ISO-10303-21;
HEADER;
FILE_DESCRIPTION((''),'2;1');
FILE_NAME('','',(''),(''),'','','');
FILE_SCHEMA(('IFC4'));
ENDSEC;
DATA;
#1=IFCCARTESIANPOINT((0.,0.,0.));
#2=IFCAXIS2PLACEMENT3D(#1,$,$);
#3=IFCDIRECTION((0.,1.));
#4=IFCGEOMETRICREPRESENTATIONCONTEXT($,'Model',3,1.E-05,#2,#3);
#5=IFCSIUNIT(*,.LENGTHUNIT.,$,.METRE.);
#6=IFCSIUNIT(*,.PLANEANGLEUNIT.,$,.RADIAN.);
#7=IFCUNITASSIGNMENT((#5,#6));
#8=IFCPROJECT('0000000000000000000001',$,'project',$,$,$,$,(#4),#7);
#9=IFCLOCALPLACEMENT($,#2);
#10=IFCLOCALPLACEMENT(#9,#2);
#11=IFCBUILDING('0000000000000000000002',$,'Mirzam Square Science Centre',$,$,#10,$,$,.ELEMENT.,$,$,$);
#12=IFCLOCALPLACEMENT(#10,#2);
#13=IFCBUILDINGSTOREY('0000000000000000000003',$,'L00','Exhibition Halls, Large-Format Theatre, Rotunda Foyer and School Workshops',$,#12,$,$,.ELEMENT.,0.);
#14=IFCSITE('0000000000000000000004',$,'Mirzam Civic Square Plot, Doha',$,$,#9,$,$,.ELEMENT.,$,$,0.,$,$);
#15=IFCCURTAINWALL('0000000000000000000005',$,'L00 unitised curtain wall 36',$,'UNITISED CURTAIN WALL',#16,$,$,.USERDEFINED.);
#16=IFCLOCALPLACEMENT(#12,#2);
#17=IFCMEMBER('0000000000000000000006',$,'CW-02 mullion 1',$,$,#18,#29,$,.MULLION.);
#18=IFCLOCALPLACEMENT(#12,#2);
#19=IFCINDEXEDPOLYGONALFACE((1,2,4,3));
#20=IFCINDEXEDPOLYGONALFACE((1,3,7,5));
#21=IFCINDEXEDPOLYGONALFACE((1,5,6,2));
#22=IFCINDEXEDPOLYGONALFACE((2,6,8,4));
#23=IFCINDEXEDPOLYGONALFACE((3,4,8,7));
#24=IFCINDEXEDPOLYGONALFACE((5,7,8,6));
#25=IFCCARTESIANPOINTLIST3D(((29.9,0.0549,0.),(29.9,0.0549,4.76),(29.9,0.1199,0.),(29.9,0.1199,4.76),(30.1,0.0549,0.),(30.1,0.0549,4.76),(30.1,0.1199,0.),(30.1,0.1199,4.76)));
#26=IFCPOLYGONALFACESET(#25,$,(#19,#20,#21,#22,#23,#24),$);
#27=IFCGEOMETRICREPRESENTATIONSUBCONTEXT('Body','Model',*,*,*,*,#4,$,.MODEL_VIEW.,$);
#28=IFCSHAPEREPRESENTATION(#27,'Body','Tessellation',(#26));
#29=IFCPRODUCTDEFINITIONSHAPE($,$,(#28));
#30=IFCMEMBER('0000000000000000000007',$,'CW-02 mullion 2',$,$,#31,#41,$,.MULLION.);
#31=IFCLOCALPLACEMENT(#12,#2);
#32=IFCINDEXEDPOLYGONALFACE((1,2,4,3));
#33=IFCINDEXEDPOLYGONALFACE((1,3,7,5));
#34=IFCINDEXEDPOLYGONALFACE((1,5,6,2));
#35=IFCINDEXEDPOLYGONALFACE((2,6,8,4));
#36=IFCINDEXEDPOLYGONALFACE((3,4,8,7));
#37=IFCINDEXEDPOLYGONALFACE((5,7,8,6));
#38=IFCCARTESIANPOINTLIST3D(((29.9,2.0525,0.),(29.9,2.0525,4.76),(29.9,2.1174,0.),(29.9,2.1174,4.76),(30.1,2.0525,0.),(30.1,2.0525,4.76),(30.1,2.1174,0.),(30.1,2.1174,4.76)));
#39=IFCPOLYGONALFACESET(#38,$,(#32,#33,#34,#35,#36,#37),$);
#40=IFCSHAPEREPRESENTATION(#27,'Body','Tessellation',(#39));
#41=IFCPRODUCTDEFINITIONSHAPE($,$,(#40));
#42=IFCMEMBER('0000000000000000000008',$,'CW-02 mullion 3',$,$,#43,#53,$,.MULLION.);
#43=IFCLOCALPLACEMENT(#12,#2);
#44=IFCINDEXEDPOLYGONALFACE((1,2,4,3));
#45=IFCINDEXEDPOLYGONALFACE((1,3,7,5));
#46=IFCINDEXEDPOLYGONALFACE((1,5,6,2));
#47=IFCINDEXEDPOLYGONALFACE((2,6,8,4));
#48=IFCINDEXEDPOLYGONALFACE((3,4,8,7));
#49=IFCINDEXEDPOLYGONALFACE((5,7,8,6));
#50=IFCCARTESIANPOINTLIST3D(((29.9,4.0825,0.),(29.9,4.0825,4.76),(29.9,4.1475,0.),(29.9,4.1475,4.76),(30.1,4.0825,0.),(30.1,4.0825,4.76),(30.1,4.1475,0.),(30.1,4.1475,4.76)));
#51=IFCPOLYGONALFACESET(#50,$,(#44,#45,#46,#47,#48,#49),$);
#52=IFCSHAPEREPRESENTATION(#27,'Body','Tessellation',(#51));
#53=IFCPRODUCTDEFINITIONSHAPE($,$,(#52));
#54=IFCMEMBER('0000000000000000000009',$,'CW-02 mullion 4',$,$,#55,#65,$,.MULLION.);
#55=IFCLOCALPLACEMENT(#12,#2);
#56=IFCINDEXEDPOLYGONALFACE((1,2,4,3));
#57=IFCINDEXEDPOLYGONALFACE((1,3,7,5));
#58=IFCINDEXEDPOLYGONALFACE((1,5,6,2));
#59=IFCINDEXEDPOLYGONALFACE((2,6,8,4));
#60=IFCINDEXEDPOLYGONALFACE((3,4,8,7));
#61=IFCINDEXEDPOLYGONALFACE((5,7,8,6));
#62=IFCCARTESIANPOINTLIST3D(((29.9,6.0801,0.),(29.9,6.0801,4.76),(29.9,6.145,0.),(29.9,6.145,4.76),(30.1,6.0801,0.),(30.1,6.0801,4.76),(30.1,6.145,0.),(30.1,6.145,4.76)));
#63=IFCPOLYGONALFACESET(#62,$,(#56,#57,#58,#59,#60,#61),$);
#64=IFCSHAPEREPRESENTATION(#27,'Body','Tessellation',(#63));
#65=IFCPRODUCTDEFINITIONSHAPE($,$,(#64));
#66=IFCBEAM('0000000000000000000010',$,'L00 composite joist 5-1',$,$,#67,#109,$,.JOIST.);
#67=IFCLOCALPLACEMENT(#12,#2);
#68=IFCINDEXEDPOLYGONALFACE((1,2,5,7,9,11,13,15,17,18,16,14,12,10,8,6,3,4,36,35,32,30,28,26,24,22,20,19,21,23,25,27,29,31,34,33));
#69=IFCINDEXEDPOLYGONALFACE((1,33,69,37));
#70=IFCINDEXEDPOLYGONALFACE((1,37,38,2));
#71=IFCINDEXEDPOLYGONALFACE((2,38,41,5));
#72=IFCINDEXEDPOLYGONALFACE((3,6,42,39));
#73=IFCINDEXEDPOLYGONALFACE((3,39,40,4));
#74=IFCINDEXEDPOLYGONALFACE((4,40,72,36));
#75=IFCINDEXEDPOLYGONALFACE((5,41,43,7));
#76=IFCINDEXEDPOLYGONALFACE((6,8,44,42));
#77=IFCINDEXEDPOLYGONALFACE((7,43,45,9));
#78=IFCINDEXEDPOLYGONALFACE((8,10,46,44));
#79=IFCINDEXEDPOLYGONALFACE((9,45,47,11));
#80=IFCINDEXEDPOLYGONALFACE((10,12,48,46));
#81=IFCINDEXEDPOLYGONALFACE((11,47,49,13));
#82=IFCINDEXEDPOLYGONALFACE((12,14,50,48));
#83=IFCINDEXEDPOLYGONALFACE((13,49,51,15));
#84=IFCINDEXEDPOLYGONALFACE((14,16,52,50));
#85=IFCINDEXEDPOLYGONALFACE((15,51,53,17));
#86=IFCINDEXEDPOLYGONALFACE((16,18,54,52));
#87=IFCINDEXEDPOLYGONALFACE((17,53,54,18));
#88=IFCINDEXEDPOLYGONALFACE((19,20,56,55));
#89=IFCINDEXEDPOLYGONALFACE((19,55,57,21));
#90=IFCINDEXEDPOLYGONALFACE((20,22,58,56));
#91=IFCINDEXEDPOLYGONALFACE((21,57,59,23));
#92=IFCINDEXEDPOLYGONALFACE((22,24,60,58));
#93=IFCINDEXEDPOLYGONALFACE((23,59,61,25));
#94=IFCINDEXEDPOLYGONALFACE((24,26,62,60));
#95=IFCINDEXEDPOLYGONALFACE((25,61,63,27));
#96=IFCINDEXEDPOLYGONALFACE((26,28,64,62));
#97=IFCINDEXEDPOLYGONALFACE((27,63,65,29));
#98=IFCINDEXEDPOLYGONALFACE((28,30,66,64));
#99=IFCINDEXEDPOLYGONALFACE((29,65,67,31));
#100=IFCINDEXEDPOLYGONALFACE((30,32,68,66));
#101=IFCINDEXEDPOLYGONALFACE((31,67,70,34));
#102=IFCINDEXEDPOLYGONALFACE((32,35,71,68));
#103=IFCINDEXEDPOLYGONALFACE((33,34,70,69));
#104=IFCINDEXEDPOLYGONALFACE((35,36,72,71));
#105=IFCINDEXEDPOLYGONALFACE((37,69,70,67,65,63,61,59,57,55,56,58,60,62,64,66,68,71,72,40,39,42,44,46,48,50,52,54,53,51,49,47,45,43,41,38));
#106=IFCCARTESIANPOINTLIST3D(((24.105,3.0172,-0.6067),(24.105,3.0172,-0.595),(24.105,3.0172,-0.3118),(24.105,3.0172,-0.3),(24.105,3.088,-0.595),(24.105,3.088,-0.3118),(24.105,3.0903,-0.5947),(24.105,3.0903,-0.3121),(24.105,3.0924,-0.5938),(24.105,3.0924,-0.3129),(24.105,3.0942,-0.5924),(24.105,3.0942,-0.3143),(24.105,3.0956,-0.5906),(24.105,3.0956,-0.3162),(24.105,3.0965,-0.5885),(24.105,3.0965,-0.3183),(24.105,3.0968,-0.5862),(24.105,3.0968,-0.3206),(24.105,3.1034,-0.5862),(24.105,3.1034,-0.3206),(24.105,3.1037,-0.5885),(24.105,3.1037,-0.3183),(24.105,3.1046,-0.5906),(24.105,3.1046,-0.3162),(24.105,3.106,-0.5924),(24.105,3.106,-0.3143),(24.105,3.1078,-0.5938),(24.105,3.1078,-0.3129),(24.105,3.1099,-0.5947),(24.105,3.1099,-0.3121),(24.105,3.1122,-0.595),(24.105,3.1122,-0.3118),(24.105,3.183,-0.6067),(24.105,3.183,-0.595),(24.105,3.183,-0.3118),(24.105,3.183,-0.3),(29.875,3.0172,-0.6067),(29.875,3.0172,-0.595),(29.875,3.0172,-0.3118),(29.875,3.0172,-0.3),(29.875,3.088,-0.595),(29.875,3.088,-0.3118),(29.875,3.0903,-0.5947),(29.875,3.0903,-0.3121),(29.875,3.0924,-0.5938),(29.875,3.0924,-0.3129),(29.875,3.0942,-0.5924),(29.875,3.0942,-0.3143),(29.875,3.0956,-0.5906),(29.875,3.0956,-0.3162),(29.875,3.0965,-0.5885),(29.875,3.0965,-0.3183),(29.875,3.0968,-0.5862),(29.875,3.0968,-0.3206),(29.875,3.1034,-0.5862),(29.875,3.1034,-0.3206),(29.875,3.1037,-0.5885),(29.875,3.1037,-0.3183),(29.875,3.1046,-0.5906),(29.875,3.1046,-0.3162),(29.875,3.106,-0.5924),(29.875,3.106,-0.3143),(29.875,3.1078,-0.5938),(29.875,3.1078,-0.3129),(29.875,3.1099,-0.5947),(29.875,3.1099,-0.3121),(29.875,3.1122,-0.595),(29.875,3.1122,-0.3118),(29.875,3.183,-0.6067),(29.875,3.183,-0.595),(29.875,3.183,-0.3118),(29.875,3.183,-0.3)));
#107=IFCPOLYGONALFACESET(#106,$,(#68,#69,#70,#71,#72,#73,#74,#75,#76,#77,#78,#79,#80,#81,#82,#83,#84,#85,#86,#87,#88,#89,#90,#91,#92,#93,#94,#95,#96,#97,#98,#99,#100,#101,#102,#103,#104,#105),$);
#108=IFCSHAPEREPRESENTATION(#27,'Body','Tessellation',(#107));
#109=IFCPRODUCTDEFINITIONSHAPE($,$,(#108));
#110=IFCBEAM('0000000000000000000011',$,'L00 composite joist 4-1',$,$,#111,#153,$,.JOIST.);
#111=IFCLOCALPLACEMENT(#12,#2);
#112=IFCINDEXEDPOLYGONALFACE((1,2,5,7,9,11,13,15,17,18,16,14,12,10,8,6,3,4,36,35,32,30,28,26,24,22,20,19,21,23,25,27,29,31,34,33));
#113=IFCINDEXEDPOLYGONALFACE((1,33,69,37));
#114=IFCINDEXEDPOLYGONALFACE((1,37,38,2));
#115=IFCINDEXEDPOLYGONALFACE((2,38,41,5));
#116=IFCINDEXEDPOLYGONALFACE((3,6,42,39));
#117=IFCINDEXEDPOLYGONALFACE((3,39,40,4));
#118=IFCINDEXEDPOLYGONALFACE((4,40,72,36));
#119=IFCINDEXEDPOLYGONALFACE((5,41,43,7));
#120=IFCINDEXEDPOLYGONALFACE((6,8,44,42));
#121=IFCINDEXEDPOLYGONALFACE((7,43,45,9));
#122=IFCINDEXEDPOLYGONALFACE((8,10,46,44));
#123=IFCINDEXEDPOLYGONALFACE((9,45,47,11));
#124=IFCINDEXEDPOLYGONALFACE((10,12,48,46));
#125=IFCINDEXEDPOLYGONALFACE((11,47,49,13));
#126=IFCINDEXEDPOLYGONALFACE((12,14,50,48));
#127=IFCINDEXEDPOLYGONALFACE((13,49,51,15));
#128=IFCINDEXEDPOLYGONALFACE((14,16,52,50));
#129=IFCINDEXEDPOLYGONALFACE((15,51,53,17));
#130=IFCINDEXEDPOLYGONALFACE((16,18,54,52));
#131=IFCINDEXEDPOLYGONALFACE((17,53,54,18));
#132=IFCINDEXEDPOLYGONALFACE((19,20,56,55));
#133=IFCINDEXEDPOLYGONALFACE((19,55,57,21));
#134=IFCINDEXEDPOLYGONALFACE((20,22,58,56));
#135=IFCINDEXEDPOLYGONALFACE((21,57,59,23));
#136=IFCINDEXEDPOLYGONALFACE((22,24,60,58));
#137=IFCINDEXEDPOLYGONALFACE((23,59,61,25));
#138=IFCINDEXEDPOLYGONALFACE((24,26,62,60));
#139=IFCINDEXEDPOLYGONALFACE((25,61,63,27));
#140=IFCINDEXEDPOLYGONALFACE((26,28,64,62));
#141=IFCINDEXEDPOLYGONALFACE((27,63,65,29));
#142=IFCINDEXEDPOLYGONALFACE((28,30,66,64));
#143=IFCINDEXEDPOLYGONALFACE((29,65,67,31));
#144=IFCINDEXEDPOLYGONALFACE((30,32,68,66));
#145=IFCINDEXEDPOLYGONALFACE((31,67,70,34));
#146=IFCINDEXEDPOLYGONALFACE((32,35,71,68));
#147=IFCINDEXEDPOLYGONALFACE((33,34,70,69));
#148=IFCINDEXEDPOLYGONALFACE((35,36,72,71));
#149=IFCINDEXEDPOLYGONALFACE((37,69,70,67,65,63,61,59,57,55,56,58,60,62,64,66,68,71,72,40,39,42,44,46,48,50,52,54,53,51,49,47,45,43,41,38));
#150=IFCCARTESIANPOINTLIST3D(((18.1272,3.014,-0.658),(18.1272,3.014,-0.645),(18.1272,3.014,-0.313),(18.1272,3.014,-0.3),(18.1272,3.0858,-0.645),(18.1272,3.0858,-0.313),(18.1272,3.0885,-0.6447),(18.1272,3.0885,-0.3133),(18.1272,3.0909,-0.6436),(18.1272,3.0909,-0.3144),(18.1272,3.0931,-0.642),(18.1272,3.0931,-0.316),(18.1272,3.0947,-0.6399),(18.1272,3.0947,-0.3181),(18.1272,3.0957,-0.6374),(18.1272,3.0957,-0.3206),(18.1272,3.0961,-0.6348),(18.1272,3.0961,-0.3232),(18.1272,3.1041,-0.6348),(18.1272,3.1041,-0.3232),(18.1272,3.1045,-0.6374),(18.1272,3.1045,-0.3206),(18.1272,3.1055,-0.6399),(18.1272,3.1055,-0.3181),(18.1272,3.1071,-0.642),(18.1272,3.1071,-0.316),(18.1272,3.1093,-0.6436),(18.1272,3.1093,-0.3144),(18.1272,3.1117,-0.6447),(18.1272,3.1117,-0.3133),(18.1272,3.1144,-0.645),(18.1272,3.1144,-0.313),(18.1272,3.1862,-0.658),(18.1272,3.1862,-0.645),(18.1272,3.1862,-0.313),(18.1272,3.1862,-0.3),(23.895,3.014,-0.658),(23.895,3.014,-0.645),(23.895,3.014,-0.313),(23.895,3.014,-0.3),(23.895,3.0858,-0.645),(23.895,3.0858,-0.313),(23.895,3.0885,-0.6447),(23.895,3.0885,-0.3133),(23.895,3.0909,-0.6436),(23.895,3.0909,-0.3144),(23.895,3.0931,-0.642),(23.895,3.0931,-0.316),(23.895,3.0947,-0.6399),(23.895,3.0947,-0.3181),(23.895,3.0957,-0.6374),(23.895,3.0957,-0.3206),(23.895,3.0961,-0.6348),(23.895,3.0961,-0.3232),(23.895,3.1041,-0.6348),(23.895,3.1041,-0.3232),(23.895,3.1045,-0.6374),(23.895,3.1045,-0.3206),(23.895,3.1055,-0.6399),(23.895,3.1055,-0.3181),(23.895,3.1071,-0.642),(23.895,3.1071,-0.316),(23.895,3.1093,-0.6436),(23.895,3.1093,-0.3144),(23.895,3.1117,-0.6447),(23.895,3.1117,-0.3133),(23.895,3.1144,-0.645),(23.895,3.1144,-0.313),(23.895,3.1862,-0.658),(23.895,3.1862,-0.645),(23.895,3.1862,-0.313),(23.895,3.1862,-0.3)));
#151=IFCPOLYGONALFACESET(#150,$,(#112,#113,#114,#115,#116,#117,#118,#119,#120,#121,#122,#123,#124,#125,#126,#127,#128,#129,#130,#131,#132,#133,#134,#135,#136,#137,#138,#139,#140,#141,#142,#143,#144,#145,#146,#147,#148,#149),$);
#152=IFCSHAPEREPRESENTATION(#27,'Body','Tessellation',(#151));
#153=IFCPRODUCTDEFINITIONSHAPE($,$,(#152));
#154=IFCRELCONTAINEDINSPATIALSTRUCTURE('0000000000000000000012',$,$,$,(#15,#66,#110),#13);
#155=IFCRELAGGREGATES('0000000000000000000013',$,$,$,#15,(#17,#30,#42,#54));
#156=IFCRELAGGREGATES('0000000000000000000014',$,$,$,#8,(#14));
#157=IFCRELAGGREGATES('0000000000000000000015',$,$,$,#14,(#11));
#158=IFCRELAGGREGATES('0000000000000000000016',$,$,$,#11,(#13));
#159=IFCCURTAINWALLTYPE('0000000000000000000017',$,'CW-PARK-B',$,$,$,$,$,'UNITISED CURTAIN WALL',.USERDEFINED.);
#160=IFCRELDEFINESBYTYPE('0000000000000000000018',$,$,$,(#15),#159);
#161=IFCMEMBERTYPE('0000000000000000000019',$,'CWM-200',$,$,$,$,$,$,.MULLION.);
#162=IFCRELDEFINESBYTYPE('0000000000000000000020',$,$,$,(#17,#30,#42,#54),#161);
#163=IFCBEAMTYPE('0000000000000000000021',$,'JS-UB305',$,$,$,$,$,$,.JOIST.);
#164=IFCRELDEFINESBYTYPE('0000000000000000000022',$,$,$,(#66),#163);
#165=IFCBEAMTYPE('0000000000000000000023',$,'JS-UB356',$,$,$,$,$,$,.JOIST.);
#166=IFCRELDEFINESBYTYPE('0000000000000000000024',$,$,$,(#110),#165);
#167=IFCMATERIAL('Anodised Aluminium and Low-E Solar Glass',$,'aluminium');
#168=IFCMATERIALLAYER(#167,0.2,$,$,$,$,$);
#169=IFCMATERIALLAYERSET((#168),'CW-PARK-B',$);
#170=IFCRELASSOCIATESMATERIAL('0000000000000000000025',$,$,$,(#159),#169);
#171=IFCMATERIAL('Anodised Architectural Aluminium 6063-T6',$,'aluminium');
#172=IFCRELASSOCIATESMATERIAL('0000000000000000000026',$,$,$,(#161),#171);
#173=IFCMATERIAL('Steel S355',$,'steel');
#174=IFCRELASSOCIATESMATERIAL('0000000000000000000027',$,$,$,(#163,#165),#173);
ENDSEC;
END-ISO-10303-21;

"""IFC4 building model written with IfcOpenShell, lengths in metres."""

from ifc_helpers import new_model, si_unit, direction, frame, origin, origin_2d, place, context, subcontext, project, spatial, rectangle, i_section, extrude, material, layer, layer_set, material_profile, profile_set, type_object, element, aggregate, save


model = new_model("IFC4")

# Units and contexts
model_context = context("Model", 3, precision=1e-05, world=origin(), true_north=direction((0.0, 1.0)))
body_context = subcontext(model_context, "Body", "Model", "MODEL_VIEW")
ifc_project = project(units=[si_unit("LENGTHUNIT", "METRE"), si_unit("PLANEANGLEUNIT", "RADIAN")], contexts=[model_context])

# Site, building, storey
site_placement = place(None, origin())
site = spatial("IfcSite", under=ifc_project, at=site_placement, Name="Mirzam Civic Square Plot, Doha", CompositionType="ELEMENT", RefElevation=0.0)
building_placement = place(site_placement, origin())
building = spatial("IfcBuilding", under=site, at=building_placement, Name="Mirzam Square Science Centre", CompositionType="ELEMENT")
storey_placement = place(building_placement, origin())
storey = spatial("IfcBuildingStorey", under=building, at=storey_placement, Name="L00", Description="Exhibition Halls, Large-Format Theatre, Rotunda Foyer and School Workshops", CompositionType="ELEMENT", Elevation=0.0)

# Shared definitions
ifc_material_1 = material(Name="Steel S355", Category="steel")

# Curtain wall, members
ifc_material_2 = material(Name="Anodised Aluminium and Low-E Solar Glass", Category="aluminium")
ifc_layer_1 = layer(ifc_material_2, 0.2)
ifc_layer_set_1 = layer_set([ifc_layer_1], Name="CW-PARK-B")
curtain_wall_type = type_object("IfcCurtainWallType", Name="CW-PARK-B", ElementType="UNITISED CURTAIN WALL", PredefinedType="USERDEFINED", material=ifc_layer_set_1)
curtain_wall_placement = place(storey_placement, origin())
curtain_wall = element("IfcCurtainWall", 1, at=curtain_wall_placement, inside=storey, type_object=curtain_wall_type, Name="L00 unitised curtain wall 36", ObjectType="UNITISED CURTAIN WALL", PredefinedType="USERDEFINED")
ifc_material_3 = material(Name="Anodised Architectural Aluminium 6063-T6", Category="aluminium")
ifc_material_profile_1 = material_profile(ifc_material_3, rectangle(XDim=0.0649, YDim=0.2, at=origin_2d()), Name="ALU-MULL-200x65x5")
ifc_profile_set_1 = profile_set([ifc_material_profile_1], Name="Anodised Architectural Aluminium 6063-T6")
member_type = type_object("IfcMemberType", Name="CWM-200", PredefinedType="MULLION", material=ifc_profile_set_1)
member_1_placement = place(storey_placement, frame((30.0, 0.0874, 0.0), z_axis=(0.0, 0.0, 1.0), x_axis=(0.0, 1.0, 0.0)))
member_1 = element("IfcMember", 2, at=member_1_placement, type_object=member_type, Name="CW-02 mullion 1", PredefinedType="MULLION", context=body_context, shape_type="SweptSolid", body=[
    extrude(rectangle(XDim=0.0649, YDim=0.2, at=origin_2d()), origin(), (0.0, 0.0, 1.0), 4.76),
])
member_2_placement = place(storey_placement, frame((30.0, 2.085, 0.0), z_axis=(0.0, 0.0, 1.0), x_axis=(0.0, 1.0, 0.0)))
member_2 = element("IfcMember", 3, at=member_2_placement, type_object=member_type, Name="CW-02 mullion 2", PredefinedType="MULLION", context=body_context, shape_type="SweptSolid", body=[
    extrude(rectangle(XDim=0.0649, YDim=0.2, at=origin_2d()), origin(), (0.0, 0.0, 1.0), 4.76),
])
member_3_placement = place(storey_placement, frame((30.0, 4.115, 0.0), z_axis=(0.0, 0.0, 1.0), x_axis=(0.0, 1.0, 0.0)))
member_3 = element("IfcMember", 4, at=member_3_placement, type_object=member_type, Name="CW-02 mullion 3", PredefinedType="MULLION", context=body_context, shape_type="SweptSolid", body=[
    extrude(rectangle(XDim=0.0649, YDim=0.2, at=origin_2d()), origin(), (0.0, 0.0, 1.0), 4.76),
])
member_4_placement = place(storey_placement, frame((30.0, 6.1125, 0.0), z_axis=(0.0, 0.0, 1.0), x_axis=(0.0, 1.0, 0.0)))
member_4 = element("IfcMember", 5, at=member_4_placement, type_object=member_type, Name="CW-02 mullion 4", PredefinedType="MULLION", context=body_context, shape_type="SweptSolid", body=[
    extrude(rectangle(XDim=0.0649, YDim=0.2, at=origin_2d()), origin(), (0.0, 0.0, 1.0), 4.76),
])
aggregate(curtain_wall, [member_1, member_2, member_3, member_4])

# Beams
ifc_material_profile_2 = material_profile(ifc_material_1, i_section(OverallWidth=0.1658, OverallDepth=0.3066, WebThickness=0.0066, FlangeThickness=0.0117, FilletRadius=0.0088, at=origin_2d()), Name="305x165x46UB")
ifc_profile_set_2 = profile_set([ifc_material_profile_2], Name="Steel S355")
beam_type_1 = type_object("IfcBeamType", Name="JS-UB305", PredefinedType="JOIST", material=ifc_profile_set_2)
beam_1_placement = place(storey_placement, frame((24.105, 3.1001, -0.4534), z_axis=(1.0, 0.0, 0.0), x_axis=(0.0, 1.0, 0.0)))
element("IfcBeam", 6, at=beam_1_placement, inside=storey, type_object=beam_type_1, Name="L00 composite joist 5-1", PredefinedType="JOIST", context=body_context, shape_type="SweptSolid", body=[
    extrude(i_section(OverallWidth=0.1658, OverallDepth=0.3066, WebThickness=0.0066, FlangeThickness=0.0117, FilletRadius=0.0088, at=origin_2d()), origin(), (0.0, 0.0, 1.0), 5.77),
])
ifc_material_profile_3 = material_profile(ifc_material_1, i_section(OverallWidth=0.1721, OverallDepth=0.3579, WebThickness=0.0081, FlangeThickness=0.0129, FilletRadius=0.0103, at=origin_2d()), Name="356x171x57UB")
ifc_profile_set_3 = profile_set([ifc_material_profile_3], Name="Steel S355")
beam_type_2 = type_object("IfcBeamType", Name="JS-UB356", PredefinedType="JOIST", material=ifc_profile_set_3)
beam_2_placement = place(storey_placement, frame((18.1272, 3.1001, -0.479), z_axis=(1.0, 0.0, 0.0), x_axis=(0.0, 1.0, 0.0)))
element("IfcBeam", 7, at=beam_2_placement, inside=storey, type_object=beam_type_2, Name="L00 composite joist 4-1", PredefinedType="JOIST", context=body_context, shape_type="SweptSolid", body=[
    extrude(i_section(OverallWidth=0.1721, OverallDepth=0.3579, WebThickness=0.0081, FlangeThickness=0.0129, FilletRadius=0.0103, at=origin_2d()), origin(), (0.0, 0.0, 1.0), 5.7678),
])

save(model, "model.ifc")
